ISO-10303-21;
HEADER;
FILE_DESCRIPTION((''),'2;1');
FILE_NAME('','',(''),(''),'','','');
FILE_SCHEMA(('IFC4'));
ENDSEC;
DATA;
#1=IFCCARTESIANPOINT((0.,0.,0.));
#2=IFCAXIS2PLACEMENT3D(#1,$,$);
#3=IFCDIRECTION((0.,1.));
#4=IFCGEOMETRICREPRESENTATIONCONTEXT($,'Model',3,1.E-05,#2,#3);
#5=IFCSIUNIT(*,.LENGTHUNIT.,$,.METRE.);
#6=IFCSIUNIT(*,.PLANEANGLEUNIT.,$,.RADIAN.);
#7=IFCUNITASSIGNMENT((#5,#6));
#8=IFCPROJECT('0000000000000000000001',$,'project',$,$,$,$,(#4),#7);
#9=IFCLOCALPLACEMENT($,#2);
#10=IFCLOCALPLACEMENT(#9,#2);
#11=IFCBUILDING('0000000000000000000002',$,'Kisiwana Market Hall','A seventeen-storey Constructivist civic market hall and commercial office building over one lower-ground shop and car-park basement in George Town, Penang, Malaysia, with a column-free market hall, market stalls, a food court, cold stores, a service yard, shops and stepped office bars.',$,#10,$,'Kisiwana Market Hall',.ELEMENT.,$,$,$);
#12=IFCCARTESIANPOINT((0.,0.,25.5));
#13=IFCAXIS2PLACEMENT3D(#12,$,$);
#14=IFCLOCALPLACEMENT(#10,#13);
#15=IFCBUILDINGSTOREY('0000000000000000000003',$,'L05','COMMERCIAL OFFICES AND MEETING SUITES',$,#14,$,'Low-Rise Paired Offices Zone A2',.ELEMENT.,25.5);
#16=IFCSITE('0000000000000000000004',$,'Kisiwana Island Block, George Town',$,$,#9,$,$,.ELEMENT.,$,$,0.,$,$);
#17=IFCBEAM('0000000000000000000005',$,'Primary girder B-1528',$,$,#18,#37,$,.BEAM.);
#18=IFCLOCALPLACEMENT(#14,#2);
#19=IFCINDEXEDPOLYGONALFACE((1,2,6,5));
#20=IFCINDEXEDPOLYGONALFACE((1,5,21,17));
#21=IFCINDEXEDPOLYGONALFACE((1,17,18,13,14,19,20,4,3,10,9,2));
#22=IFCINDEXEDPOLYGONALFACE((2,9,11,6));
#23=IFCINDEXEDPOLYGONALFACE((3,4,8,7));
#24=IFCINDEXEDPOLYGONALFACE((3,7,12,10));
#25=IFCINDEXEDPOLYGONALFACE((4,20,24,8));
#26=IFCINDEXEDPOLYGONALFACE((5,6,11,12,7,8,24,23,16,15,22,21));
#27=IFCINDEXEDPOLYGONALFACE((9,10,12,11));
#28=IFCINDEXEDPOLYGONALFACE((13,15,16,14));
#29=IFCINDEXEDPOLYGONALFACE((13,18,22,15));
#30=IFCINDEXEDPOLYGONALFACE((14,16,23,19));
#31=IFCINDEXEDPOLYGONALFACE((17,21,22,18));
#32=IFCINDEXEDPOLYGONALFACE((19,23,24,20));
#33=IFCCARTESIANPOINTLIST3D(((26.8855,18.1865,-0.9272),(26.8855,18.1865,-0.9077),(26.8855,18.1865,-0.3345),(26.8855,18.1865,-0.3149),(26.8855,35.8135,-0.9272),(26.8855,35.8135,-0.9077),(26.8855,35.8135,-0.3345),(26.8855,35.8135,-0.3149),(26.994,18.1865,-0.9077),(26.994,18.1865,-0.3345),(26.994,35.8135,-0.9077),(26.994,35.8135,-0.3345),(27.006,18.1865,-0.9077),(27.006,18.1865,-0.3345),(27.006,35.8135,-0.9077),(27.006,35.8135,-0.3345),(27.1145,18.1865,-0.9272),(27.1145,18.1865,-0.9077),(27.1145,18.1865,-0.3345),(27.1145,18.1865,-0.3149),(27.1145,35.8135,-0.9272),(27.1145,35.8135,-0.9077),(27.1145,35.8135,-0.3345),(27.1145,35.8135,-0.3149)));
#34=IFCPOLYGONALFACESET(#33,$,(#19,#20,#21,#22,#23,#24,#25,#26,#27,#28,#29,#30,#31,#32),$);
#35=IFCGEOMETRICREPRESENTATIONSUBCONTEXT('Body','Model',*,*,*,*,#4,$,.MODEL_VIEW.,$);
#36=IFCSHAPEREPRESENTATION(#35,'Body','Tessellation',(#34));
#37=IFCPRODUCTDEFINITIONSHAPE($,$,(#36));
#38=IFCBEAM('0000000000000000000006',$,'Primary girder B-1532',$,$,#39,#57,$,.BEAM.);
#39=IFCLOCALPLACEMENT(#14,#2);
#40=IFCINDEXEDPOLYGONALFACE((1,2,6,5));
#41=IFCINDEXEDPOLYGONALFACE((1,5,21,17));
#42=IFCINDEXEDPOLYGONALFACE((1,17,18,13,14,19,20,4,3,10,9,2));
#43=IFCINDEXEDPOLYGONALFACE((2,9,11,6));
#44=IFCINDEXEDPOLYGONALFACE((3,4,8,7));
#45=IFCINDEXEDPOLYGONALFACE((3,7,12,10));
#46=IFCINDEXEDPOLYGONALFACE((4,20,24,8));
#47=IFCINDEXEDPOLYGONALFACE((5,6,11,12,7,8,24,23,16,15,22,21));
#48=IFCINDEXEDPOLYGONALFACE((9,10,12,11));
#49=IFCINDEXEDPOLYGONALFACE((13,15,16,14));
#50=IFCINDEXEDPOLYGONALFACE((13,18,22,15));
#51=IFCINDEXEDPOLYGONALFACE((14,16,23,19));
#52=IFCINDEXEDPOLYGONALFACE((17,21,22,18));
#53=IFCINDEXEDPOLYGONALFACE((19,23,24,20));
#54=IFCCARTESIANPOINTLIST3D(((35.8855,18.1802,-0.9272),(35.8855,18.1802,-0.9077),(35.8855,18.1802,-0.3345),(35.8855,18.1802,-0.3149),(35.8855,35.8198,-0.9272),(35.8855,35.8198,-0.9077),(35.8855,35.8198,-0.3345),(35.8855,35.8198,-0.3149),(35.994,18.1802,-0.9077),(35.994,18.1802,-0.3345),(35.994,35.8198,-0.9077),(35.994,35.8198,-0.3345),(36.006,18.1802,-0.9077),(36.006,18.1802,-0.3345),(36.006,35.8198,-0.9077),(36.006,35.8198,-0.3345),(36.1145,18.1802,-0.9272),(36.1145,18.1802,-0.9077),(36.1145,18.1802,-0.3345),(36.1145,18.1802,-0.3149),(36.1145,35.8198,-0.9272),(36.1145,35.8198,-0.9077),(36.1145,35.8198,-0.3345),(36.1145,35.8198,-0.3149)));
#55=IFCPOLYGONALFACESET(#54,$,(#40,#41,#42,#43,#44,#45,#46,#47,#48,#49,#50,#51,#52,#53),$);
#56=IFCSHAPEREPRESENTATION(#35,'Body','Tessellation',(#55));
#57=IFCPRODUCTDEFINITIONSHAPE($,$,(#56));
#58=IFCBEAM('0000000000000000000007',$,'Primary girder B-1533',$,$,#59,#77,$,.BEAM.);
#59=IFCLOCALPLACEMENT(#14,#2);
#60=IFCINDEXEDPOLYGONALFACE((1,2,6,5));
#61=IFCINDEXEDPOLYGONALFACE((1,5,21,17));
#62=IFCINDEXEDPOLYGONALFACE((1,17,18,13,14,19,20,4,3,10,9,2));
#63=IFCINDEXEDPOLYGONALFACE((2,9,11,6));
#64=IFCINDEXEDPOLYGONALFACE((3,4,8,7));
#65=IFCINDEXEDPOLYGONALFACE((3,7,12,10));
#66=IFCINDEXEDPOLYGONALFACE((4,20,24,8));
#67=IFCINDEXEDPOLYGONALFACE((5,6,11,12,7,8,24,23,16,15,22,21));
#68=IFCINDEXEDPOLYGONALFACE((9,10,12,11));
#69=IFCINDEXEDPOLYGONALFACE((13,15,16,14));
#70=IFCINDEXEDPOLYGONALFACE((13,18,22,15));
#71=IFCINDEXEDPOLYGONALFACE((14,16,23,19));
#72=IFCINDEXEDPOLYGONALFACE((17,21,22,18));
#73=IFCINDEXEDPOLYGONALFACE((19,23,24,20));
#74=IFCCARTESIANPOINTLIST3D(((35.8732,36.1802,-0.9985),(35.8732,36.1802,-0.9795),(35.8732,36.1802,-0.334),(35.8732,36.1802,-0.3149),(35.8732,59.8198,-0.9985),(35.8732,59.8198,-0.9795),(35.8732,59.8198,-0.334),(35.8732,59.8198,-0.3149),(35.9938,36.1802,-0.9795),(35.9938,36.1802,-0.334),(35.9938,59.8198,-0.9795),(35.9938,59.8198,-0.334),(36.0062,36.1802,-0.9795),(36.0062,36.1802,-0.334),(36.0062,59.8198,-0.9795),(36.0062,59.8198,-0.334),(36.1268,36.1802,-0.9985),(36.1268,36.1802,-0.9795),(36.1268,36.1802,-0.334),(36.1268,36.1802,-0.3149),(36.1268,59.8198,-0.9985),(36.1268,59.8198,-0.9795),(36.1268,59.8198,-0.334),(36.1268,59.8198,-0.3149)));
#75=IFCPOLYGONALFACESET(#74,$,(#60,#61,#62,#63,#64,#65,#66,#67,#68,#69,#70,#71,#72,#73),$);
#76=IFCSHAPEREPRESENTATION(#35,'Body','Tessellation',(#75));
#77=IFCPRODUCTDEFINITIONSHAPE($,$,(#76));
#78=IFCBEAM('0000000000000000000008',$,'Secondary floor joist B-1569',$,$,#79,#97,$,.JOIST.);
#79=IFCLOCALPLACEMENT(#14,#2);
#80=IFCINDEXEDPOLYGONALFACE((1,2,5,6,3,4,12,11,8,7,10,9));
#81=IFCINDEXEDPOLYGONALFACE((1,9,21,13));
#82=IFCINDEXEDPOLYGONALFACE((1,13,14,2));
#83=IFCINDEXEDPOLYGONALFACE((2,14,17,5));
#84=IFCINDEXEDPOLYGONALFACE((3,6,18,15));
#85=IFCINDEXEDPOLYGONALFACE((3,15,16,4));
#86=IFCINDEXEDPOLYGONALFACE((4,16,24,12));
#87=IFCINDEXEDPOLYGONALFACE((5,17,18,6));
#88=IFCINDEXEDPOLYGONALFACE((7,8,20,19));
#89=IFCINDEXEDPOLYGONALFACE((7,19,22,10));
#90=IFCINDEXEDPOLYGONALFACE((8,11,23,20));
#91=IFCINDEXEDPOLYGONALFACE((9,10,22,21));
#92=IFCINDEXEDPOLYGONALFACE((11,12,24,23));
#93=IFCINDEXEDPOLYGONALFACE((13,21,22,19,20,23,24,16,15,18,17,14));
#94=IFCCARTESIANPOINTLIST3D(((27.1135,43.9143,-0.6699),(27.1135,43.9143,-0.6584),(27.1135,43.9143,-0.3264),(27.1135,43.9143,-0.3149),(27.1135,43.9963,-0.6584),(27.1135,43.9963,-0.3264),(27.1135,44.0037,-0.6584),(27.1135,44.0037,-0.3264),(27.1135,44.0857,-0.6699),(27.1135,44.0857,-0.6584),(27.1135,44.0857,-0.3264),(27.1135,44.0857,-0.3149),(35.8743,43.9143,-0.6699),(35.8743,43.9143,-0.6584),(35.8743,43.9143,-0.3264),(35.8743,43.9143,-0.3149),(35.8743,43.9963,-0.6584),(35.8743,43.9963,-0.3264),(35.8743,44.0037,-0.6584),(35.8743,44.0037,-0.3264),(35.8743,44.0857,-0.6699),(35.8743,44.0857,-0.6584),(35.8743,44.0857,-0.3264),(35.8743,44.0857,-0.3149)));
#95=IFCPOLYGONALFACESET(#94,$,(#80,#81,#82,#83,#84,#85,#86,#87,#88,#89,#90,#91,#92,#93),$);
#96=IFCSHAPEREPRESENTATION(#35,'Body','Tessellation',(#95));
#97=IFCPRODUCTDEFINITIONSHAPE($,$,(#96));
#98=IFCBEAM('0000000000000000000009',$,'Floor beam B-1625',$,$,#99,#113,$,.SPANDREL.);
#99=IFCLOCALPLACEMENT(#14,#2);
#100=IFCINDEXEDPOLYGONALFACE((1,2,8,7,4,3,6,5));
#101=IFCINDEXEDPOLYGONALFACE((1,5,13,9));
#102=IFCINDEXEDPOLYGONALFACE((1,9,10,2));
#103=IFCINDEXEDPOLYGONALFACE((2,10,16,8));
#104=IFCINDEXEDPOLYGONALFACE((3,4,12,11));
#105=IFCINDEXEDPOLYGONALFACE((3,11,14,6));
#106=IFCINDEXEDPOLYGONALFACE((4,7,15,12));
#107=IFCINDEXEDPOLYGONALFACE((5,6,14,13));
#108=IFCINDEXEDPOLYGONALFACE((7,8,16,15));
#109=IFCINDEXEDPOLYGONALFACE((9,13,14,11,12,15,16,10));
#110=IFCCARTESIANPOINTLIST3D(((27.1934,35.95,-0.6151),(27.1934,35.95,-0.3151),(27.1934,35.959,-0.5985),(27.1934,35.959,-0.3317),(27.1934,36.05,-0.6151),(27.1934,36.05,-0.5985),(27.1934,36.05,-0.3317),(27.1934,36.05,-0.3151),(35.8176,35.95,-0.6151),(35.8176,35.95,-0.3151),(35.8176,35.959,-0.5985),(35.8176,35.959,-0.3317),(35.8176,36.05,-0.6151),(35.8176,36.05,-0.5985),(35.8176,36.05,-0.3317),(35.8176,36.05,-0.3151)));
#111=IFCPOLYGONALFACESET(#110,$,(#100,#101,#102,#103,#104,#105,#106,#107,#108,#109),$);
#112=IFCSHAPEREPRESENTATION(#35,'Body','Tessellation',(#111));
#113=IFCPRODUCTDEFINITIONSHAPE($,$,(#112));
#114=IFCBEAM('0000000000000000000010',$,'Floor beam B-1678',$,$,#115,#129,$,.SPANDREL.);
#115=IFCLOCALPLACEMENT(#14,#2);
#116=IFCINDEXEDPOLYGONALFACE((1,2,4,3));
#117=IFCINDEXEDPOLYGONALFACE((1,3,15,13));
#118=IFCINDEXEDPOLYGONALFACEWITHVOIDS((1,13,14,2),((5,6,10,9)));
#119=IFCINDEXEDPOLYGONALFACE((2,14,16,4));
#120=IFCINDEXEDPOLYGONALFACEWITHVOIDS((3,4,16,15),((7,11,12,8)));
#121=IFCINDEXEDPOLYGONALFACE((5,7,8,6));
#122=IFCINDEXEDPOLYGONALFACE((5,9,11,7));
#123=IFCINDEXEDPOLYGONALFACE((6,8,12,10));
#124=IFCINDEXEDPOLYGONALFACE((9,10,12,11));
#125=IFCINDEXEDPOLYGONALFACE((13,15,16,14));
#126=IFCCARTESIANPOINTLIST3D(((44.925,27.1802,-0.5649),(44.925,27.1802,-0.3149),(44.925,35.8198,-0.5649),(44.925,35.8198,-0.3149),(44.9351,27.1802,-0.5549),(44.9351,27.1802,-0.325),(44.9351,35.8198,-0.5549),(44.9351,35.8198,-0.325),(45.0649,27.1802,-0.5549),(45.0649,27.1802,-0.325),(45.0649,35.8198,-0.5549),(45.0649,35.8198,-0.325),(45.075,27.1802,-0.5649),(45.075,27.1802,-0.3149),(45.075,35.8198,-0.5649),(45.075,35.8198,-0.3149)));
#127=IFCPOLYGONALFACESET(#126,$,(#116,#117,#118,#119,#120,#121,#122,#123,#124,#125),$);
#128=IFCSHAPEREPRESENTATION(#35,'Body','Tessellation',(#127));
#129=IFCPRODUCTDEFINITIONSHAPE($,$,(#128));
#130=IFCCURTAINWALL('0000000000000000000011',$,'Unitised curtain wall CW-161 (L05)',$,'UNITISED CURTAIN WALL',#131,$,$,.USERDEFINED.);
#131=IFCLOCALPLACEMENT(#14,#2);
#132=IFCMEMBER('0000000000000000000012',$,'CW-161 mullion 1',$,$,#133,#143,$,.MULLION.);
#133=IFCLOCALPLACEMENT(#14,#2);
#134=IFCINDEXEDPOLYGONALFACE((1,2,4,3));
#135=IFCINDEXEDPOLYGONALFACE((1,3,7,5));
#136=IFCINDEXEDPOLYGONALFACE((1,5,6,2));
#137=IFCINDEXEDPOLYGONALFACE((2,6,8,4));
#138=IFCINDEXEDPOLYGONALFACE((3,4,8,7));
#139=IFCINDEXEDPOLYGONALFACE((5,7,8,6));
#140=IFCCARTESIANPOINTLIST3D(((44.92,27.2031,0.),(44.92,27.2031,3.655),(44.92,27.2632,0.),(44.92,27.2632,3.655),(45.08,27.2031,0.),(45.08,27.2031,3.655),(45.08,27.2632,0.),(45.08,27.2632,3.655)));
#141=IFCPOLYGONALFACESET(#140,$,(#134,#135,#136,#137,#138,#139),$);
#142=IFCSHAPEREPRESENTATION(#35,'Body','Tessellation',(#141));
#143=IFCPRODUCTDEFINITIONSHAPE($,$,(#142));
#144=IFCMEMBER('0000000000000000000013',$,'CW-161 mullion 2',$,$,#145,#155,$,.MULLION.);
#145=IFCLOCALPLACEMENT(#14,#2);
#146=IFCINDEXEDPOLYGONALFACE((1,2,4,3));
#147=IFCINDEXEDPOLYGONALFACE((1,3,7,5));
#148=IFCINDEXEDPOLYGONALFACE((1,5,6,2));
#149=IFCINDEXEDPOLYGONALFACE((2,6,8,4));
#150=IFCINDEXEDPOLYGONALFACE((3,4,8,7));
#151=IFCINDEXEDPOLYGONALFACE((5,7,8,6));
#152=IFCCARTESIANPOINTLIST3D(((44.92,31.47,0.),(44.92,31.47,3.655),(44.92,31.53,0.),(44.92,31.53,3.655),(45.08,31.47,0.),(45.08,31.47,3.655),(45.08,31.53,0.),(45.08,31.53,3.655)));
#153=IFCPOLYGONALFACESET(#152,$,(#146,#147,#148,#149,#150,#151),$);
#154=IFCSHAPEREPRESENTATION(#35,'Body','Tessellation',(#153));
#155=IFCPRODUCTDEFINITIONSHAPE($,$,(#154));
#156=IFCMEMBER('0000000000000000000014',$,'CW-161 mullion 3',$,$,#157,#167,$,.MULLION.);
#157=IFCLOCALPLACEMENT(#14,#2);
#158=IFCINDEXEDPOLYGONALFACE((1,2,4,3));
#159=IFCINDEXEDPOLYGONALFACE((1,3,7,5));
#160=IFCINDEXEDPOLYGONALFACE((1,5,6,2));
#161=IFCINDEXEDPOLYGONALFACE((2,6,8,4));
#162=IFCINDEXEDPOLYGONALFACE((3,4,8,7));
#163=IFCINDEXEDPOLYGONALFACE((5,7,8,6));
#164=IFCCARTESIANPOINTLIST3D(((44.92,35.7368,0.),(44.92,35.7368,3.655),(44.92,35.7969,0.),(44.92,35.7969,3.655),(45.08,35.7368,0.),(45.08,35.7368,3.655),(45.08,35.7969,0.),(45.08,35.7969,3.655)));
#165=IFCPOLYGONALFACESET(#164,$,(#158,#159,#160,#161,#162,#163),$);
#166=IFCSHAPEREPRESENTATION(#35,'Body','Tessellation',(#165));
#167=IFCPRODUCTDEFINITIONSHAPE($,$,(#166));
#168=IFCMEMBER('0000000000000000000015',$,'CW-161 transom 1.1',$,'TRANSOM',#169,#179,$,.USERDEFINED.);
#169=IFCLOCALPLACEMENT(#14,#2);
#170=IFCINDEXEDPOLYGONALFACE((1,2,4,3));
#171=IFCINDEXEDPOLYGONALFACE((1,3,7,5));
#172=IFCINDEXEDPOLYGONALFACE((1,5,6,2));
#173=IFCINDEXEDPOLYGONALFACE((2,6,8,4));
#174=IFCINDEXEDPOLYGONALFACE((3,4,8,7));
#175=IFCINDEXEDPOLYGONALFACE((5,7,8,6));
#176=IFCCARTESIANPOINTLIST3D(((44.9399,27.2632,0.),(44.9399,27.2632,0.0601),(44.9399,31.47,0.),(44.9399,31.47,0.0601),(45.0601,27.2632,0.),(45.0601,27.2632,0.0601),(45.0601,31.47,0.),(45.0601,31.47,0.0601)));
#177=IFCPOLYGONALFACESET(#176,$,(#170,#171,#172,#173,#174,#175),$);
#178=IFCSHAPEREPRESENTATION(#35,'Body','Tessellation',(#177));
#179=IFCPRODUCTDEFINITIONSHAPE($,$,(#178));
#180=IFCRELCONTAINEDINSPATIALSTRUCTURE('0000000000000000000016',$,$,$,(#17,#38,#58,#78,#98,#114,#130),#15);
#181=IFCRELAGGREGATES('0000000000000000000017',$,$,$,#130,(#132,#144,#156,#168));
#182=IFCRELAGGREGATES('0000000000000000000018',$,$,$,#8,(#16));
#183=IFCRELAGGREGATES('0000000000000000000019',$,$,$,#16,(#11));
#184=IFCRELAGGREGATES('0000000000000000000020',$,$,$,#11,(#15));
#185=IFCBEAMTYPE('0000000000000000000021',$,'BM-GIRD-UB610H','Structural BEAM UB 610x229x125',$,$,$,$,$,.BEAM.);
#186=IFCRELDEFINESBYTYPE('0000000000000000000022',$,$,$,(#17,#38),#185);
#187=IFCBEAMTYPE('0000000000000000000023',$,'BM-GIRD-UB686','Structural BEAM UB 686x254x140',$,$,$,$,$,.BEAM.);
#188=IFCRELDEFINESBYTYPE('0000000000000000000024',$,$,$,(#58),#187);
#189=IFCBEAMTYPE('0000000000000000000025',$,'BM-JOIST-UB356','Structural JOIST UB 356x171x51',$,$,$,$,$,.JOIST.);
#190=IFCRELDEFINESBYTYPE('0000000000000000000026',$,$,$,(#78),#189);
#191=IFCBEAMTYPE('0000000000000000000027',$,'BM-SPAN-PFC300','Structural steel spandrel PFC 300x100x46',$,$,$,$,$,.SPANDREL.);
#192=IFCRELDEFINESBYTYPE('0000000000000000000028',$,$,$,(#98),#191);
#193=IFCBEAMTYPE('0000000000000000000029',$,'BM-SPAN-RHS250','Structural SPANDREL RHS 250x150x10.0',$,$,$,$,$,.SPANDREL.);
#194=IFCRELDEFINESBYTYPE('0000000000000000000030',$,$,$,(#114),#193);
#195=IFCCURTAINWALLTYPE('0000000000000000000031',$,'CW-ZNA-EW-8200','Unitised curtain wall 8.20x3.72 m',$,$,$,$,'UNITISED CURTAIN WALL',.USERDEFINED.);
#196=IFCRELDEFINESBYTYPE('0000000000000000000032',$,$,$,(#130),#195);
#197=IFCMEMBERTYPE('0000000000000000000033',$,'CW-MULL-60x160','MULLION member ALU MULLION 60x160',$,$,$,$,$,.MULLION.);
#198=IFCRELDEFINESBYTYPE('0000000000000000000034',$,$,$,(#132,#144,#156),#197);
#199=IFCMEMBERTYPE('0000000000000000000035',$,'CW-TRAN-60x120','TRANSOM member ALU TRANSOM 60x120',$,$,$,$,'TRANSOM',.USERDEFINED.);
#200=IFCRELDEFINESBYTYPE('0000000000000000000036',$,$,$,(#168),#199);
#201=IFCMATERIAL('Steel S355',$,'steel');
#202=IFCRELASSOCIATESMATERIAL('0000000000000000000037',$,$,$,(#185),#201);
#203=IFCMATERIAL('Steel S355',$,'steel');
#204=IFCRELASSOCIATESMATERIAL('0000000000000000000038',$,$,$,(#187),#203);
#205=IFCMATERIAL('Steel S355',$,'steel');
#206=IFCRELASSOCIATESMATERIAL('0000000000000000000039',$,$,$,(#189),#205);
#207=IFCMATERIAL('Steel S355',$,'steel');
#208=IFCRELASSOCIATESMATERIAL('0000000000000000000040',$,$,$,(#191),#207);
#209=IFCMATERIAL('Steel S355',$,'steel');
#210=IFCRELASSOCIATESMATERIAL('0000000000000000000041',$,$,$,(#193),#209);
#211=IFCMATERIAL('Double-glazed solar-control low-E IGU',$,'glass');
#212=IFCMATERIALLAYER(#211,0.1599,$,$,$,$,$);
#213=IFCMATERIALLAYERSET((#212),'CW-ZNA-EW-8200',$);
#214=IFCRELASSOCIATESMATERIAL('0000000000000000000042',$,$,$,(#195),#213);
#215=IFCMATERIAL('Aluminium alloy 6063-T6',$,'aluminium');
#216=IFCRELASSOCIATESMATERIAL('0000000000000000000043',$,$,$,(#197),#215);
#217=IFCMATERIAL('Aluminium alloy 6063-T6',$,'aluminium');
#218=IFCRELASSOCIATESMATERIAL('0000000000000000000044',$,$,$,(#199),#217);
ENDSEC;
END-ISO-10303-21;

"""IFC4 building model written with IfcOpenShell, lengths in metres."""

from ifc_helpers import new_model, si_unit, direction, frame, origin, origin_2d, place, context, subcontext, project, spatial, rectangle, hollow_rectangle, i_section, u_section, extrude, material, layer, layer_set, material_profile, profile_set, type_object, element, aggregate, save


model = new_model("IFC4")

# Units and contexts
model_context = context("Model", 3, precision=1e-05, world=origin(), true_north=direction((0.0, 1.0)))
body_context = subcontext(model_context, "Body", "Model", "MODEL_VIEW")
ifc_project = project(units=[si_unit("LENGTHUNIT", "METRE"), si_unit("PLANEANGLEUNIT", "RADIAN")], contexts=[model_context])

# Site, building, storey
site_placement = place(None, origin())
site = spatial("IfcSite", under=ifc_project, at=site_placement, Name="Kisiwana Island Block, George Town", CompositionType="ELEMENT", RefElevation=0.0)
building_placement = place(site_placement, origin())
building = spatial("IfcBuilding", under=site, at=building_placement, Name="Kisiwana Market Hall", Description="A seventeen-storey Constructivist civic market hall and commercial office building over one lower-ground shop and car-park basement in George Town, Penang, Malaysia, with a column-free market hall, market stalls, a food court, cold stores, a service yard, shops and stepped office bars.", LongName="Kisiwana Market Hall", CompositionType="ELEMENT")
storey_placement = place(building_placement, frame((0.0, 0.0, 25.5)))
storey = spatial("IfcBuildingStorey", under=building, at=storey_placement, Name="L05", Description="COMMERCIAL OFFICES AND MEETING SUITES", LongName="Low-Rise Paired Offices Zone A2", CompositionType="ELEMENT", Elevation=25.5)

# Beams
ifc_material_1 = material(Name="Steel S355", Category="steel")
ifc_material_profile_1 = material_profile(ifc_material_1, i_section(OverallWidth=0.229, OverallDepth=0.6123, WebThickness=0.012, FlangeThickness=0.0195, at=origin_2d()), Name="UB 610x229x125")
ifc_profile_set_1 = profile_set([ifc_material_profile_1], Name="Steel S355")
beam_type_1 = type_object("IfcBeamType", Name="BM-GIRD-UB610H", Description="Structural BEAM UB 610x229x125", PredefinedType="BEAM", material=ifc_profile_set_1)
beam_1_placement = place(storey_placement, frame((27.0, 18.1865, -0.6211), z_axis=(0.0, 1.0, 0.0), x_axis=(-1.0, 0.0, 0.0)))
element("IfcBeam", 1, at=beam_1_placement, inside=storey, type_object=beam_type_1, Name="Primary girder B-1528", PredefinedType="BEAM", context=body_context, shape_type="SweptSolid", body=[
    extrude(i_section(OverallWidth=0.229, OverallDepth=0.6123, WebThickness=0.012, FlangeThickness=0.0195, at=origin_2d()), origin(), (0.0, 0.0, 1.0), 17.627),
])
beam_2_placement = place(storey_placement, frame((36.0, 18.1802, -0.6211), z_axis=(0.0, 1.0, 0.0), x_axis=(-1.0, 0.0, 0.0)))
element("IfcBeam", 2, at=beam_2_placement, inside=storey, type_object=beam_type_1, Name="Primary girder B-1532", PredefinedType="BEAM", context=body_context, shape_type="SweptSolid", body=[
    extrude(i_section(OverallWidth=0.229, OverallDepth=0.6123, WebThickness=0.012, FlangeThickness=0.0195, at=origin_2d()), origin(), (0.0, 0.0, 1.0), 17.6396),
])
ifc_material_2 = material(Name="Steel S355", Category="steel")
ifc_material_profile_2 = material_profile(ifc_material_2, i_section(OverallWidth=0.2537, OverallDepth=0.6836, WebThickness=0.0125, FlangeThickness=0.019, at=origin_2d()), Name="UB 686x254x140")
ifc_profile_set_2 = profile_set([ifc_material_profile_2], Name="Steel S355")
beam_type_2 = type_object("IfcBeamType", Name="BM-GIRD-UB686", Description="Structural BEAM UB 686x254x140", PredefinedType="BEAM", material=ifc_profile_set_2)
beam_3_placement = place(storey_placement, frame((36.0, 36.1802, -0.6567), z_axis=(0.0, 1.0, 0.0), x_axis=(-1.0, 0.0, 0.0)))
element("IfcBeam", 3, at=beam_3_placement, inside=storey, type_object=beam_type_2, Name="Primary girder B-1533", PredefinedType="BEAM", context=body_context, shape_type="SweptSolid", body=[
    extrude(i_section(OverallWidth=0.2537, OverallDepth=0.6836, WebThickness=0.0125, FlangeThickness=0.019, at=origin_2d()), origin(), (0.0, 0.0, 1.0), 23.6396),
])
ifc_material_3 = material(Name="Steel S355", Category="steel")
ifc_material_profile_3 = material_profile(ifc_material_3, i_section(OverallWidth=0.1714, OverallDepth=0.355, WebThickness=0.0073, FlangeThickness=0.0115, at=origin_2d()), Name="UB 356x171x51")
ifc_profile_set_3 = profile_set([ifc_material_profile_3], Name="Steel S355")
beam_type_3 = type_object("IfcBeamType", Name="BM-JOIST-UB356", Description="Structural JOIST UB 356x171x51", PredefinedType="JOIST", material=ifc_profile_set_3)
beam_4_placement = place(storey_placement, frame((27.1135, 44.0, -0.4924), z_axis=(1.0, 0.0, 0.0), x_axis=(0.0, 1.0, 0.0)))
element("IfcBeam", 4, at=beam_4_placement, inside=storey, type_object=beam_type_3, Name="Secondary floor joist B-1569", PredefinedType="JOIST", context=body_context, shape_type="SweptSolid", body=[
    extrude(i_section(OverallWidth=0.1714, OverallDepth=0.355, WebThickness=0.0073, FlangeThickness=0.0115, at=origin_2d()), origin(), (0.0, 0.0, 1.0), 8.7607),
])
ifc_material_4 = material(Name="Steel S355", Category="steel")
ifc_material_profile_4 = material_profile(ifc_material_4, u_section(Depth=0.3, FlangeWidth=0.1001, WebThickness=0.009, FlangeThickness=0.0166, at=origin_2d()), Name="PFC 300x100x46")
ifc_profile_set_4 = profile_set([ifc_material_profile_4], Name="Steel S355")
beam_type_4 = type_object("IfcBeamType", Name="BM-SPAN-PFC300", Description="Structural steel spandrel PFC 300x100x46", PredefinedType="SPANDREL", material=ifc_profile_set_4)
beam_5_placement = place(storey_placement, frame((27.1934, 36.0, -0.4651), z_axis=(1.0, 0.0, 0.0), x_axis=(0.0, 1.0, 0.0)))
element("IfcBeam", 5, at=beam_5_placement, inside=storey, type_object=beam_type_4, Name="Floor beam B-1625", PredefinedType="SPANDREL", context=body_context, shape_type="SweptSolid", body=[
    extrude(u_section(Depth=0.3, FlangeWidth=0.1001, WebThickness=0.009, FlangeThickness=0.0166, at=origin_2d()), origin(), (0.0, 0.0, 1.0), 8.6243),
])
ifc_material_5 = material(Name="Steel S355", Category="steel")
ifc_material_profile_5 = material_profile(ifc_material_5, hollow_rectangle(XDim=0.1499, YDim=0.25, WallThickness=0.01, at=origin_2d()), Name="RHS 250x150x10.0")
ifc_profile_set_5 = profile_set([ifc_material_profile_5], Name="Steel S355")
beam_type_5 = type_object("IfcBeamType", Name="BM-SPAN-RHS250", Description="Structural SPANDREL RHS 250x150x10.0", PredefinedType="SPANDREL", material=ifc_profile_set_5)
beam_6_placement = place(storey_placement, frame((45.0, 27.1802, -0.4399), z_axis=(0.0, 1.0, 0.0), x_axis=(-1.0, 0.0, 0.0)))
element("IfcBeam", 6, at=beam_6_placement, inside=storey, type_object=beam_type_5, Name="Floor beam B-1678", PredefinedType="SPANDREL", context=body_context, shape_type="SweptSolid", body=[
    extrude(hollow_rectangle(XDim=0.1499, YDim=0.25, WallThickness=0.01, at=origin_2d()), origin(), (0.0, 0.0, 1.0), 8.6396),
])

# Curtain wall, members
ifc_material_6 = material(Name="Double-glazed solar-control low-E IGU", Category="glass")
ifc_layer_1 = layer(ifc_material_6, 0.1599)
ifc_layer_set_1 = layer_set([ifc_layer_1], Name="CW-ZNA-EW-8200")
curtain_wall_type = type_object("IfcCurtainWallType", Name="CW-ZNA-EW-8200", Description="Unitised curtain wall 8.20x3.72 m", ElementType="UNITISED CURTAIN WALL", PredefinedType="USERDEFINED", material=ifc_layer_set_1)
curtain_wall_placement = place(storey_placement, origin())
curtain_wall = element("IfcCurtainWall", 7, at=curtain_wall_placement, inside=storey, type_object=curtain_wall_type, Name="Unitised curtain wall CW-161 (L05)", ObjectType="UNITISED CURTAIN WALL", PredefinedType="USERDEFINED")
ifc_material_7 = material(Name="Aluminium alloy 6063-T6", Category="aluminium")
ifc_material_profile_6 = material_profile(ifc_material_7, rectangle(XDim=0.0601, YDim=0.1599, at=origin_2d()), Name="ALU MULLION 60x160")
ifc_profile_set_6 = profile_set([ifc_material_profile_6], Name="Aluminium alloy 6063-T6")
member_type_1 = type_object("IfcMemberType", Name="CW-MULL-60x160", Description="MULLION member ALU MULLION 60x160", PredefinedType="MULLION", material=ifc_profile_set_6)
member_1_placement = place(storey_placement, frame((45.0, 27.2332, 0.0), z_axis=(0.0, 0.0, 1.0), x_axis=(0.0, 1.0, 0.0)))
member_1 = element("IfcMember", 8, at=member_1_placement, type_object=member_type_1, Name="CW-161 mullion 1", PredefinedType="MULLION", context=body_context, shape_type="SweptSolid", body=[
    extrude(rectangle(XDim=0.0601, YDim=0.1599, at=origin_2d()), origin(), (0.0, 0.0, 1.0), 3.655),
])
member_2_placement = place(storey_placement, frame((45.0, 31.5, 0.0), z_axis=(0.0, 0.0, 1.0), x_axis=(0.0, 1.0, 0.0)))
member_2 = element("IfcMember", 9, at=member_2_placement, type_object=member_type_1, Name="CW-161 mullion 2", PredefinedType="MULLION", context=body_context, shape_type="SweptSolid", body=[
    extrude(rectangle(XDim=0.0601, YDim=0.1599, at=origin_2d()), origin(), (0.0, 0.0, 1.0), 3.655),
])
member_3_placement = place(storey_placement, frame((45.0, 35.7668, 0.0), z_axis=(0.0, 0.0, 1.0), x_axis=(0.0, 1.0, 0.0)))
member_3 = element("IfcMember", 10, at=member_3_placement, type_object=member_type_1, Name="CW-161 mullion 3", PredefinedType="MULLION", context=body_context, shape_type="SweptSolid", body=[
    extrude(rectangle(XDim=0.0601, YDim=0.1599, at=origin_2d()), origin(), (0.0, 0.0, 1.0), 3.655),
])
ifc_material_8 = material(Name="Aluminium alloy 6063-T6", Category="aluminium")
ifc_material_profile_7 = material_profile(ifc_material_8, rectangle(XDim=0.1201, YDim=0.0601, at=origin_2d()), Name="ALU TRANSOM 60x120")
ifc_profile_set_7 = profile_set([ifc_material_profile_7], Name="Aluminium alloy 6063-T6")
member_type_2 = type_object("IfcMemberType", Name="CW-TRAN-60x120", Description="TRANSOM member ALU TRANSOM 60x120", ElementType="TRANSOM", PredefinedType="USERDEFINED", material=ifc_profile_set_7)
member_4_placement = place(storey_placement, frame((45.0, 27.2632, 0.03), z_axis=(0.0, 1.0, 0.0), x_axis=(-1.0, 0.0, 0.0)))
member_4 = element("IfcMember", 11, at=member_4_placement, type_object=member_type_2, Name="CW-161 transom 1.1", ObjectType="TRANSOM", PredefinedType="USERDEFINED", context=body_context, shape_type="SweptSolid", body=[
    extrude(rectangle(XDim=0.1201, YDim=0.0601, at=origin_2d()), origin(), (0.0, 0.0, 1.0), 4.2068),
])
aggregate(curtain_wall, [member_1, member_2, member_3, member_4])

save(model, "model.ifc")
